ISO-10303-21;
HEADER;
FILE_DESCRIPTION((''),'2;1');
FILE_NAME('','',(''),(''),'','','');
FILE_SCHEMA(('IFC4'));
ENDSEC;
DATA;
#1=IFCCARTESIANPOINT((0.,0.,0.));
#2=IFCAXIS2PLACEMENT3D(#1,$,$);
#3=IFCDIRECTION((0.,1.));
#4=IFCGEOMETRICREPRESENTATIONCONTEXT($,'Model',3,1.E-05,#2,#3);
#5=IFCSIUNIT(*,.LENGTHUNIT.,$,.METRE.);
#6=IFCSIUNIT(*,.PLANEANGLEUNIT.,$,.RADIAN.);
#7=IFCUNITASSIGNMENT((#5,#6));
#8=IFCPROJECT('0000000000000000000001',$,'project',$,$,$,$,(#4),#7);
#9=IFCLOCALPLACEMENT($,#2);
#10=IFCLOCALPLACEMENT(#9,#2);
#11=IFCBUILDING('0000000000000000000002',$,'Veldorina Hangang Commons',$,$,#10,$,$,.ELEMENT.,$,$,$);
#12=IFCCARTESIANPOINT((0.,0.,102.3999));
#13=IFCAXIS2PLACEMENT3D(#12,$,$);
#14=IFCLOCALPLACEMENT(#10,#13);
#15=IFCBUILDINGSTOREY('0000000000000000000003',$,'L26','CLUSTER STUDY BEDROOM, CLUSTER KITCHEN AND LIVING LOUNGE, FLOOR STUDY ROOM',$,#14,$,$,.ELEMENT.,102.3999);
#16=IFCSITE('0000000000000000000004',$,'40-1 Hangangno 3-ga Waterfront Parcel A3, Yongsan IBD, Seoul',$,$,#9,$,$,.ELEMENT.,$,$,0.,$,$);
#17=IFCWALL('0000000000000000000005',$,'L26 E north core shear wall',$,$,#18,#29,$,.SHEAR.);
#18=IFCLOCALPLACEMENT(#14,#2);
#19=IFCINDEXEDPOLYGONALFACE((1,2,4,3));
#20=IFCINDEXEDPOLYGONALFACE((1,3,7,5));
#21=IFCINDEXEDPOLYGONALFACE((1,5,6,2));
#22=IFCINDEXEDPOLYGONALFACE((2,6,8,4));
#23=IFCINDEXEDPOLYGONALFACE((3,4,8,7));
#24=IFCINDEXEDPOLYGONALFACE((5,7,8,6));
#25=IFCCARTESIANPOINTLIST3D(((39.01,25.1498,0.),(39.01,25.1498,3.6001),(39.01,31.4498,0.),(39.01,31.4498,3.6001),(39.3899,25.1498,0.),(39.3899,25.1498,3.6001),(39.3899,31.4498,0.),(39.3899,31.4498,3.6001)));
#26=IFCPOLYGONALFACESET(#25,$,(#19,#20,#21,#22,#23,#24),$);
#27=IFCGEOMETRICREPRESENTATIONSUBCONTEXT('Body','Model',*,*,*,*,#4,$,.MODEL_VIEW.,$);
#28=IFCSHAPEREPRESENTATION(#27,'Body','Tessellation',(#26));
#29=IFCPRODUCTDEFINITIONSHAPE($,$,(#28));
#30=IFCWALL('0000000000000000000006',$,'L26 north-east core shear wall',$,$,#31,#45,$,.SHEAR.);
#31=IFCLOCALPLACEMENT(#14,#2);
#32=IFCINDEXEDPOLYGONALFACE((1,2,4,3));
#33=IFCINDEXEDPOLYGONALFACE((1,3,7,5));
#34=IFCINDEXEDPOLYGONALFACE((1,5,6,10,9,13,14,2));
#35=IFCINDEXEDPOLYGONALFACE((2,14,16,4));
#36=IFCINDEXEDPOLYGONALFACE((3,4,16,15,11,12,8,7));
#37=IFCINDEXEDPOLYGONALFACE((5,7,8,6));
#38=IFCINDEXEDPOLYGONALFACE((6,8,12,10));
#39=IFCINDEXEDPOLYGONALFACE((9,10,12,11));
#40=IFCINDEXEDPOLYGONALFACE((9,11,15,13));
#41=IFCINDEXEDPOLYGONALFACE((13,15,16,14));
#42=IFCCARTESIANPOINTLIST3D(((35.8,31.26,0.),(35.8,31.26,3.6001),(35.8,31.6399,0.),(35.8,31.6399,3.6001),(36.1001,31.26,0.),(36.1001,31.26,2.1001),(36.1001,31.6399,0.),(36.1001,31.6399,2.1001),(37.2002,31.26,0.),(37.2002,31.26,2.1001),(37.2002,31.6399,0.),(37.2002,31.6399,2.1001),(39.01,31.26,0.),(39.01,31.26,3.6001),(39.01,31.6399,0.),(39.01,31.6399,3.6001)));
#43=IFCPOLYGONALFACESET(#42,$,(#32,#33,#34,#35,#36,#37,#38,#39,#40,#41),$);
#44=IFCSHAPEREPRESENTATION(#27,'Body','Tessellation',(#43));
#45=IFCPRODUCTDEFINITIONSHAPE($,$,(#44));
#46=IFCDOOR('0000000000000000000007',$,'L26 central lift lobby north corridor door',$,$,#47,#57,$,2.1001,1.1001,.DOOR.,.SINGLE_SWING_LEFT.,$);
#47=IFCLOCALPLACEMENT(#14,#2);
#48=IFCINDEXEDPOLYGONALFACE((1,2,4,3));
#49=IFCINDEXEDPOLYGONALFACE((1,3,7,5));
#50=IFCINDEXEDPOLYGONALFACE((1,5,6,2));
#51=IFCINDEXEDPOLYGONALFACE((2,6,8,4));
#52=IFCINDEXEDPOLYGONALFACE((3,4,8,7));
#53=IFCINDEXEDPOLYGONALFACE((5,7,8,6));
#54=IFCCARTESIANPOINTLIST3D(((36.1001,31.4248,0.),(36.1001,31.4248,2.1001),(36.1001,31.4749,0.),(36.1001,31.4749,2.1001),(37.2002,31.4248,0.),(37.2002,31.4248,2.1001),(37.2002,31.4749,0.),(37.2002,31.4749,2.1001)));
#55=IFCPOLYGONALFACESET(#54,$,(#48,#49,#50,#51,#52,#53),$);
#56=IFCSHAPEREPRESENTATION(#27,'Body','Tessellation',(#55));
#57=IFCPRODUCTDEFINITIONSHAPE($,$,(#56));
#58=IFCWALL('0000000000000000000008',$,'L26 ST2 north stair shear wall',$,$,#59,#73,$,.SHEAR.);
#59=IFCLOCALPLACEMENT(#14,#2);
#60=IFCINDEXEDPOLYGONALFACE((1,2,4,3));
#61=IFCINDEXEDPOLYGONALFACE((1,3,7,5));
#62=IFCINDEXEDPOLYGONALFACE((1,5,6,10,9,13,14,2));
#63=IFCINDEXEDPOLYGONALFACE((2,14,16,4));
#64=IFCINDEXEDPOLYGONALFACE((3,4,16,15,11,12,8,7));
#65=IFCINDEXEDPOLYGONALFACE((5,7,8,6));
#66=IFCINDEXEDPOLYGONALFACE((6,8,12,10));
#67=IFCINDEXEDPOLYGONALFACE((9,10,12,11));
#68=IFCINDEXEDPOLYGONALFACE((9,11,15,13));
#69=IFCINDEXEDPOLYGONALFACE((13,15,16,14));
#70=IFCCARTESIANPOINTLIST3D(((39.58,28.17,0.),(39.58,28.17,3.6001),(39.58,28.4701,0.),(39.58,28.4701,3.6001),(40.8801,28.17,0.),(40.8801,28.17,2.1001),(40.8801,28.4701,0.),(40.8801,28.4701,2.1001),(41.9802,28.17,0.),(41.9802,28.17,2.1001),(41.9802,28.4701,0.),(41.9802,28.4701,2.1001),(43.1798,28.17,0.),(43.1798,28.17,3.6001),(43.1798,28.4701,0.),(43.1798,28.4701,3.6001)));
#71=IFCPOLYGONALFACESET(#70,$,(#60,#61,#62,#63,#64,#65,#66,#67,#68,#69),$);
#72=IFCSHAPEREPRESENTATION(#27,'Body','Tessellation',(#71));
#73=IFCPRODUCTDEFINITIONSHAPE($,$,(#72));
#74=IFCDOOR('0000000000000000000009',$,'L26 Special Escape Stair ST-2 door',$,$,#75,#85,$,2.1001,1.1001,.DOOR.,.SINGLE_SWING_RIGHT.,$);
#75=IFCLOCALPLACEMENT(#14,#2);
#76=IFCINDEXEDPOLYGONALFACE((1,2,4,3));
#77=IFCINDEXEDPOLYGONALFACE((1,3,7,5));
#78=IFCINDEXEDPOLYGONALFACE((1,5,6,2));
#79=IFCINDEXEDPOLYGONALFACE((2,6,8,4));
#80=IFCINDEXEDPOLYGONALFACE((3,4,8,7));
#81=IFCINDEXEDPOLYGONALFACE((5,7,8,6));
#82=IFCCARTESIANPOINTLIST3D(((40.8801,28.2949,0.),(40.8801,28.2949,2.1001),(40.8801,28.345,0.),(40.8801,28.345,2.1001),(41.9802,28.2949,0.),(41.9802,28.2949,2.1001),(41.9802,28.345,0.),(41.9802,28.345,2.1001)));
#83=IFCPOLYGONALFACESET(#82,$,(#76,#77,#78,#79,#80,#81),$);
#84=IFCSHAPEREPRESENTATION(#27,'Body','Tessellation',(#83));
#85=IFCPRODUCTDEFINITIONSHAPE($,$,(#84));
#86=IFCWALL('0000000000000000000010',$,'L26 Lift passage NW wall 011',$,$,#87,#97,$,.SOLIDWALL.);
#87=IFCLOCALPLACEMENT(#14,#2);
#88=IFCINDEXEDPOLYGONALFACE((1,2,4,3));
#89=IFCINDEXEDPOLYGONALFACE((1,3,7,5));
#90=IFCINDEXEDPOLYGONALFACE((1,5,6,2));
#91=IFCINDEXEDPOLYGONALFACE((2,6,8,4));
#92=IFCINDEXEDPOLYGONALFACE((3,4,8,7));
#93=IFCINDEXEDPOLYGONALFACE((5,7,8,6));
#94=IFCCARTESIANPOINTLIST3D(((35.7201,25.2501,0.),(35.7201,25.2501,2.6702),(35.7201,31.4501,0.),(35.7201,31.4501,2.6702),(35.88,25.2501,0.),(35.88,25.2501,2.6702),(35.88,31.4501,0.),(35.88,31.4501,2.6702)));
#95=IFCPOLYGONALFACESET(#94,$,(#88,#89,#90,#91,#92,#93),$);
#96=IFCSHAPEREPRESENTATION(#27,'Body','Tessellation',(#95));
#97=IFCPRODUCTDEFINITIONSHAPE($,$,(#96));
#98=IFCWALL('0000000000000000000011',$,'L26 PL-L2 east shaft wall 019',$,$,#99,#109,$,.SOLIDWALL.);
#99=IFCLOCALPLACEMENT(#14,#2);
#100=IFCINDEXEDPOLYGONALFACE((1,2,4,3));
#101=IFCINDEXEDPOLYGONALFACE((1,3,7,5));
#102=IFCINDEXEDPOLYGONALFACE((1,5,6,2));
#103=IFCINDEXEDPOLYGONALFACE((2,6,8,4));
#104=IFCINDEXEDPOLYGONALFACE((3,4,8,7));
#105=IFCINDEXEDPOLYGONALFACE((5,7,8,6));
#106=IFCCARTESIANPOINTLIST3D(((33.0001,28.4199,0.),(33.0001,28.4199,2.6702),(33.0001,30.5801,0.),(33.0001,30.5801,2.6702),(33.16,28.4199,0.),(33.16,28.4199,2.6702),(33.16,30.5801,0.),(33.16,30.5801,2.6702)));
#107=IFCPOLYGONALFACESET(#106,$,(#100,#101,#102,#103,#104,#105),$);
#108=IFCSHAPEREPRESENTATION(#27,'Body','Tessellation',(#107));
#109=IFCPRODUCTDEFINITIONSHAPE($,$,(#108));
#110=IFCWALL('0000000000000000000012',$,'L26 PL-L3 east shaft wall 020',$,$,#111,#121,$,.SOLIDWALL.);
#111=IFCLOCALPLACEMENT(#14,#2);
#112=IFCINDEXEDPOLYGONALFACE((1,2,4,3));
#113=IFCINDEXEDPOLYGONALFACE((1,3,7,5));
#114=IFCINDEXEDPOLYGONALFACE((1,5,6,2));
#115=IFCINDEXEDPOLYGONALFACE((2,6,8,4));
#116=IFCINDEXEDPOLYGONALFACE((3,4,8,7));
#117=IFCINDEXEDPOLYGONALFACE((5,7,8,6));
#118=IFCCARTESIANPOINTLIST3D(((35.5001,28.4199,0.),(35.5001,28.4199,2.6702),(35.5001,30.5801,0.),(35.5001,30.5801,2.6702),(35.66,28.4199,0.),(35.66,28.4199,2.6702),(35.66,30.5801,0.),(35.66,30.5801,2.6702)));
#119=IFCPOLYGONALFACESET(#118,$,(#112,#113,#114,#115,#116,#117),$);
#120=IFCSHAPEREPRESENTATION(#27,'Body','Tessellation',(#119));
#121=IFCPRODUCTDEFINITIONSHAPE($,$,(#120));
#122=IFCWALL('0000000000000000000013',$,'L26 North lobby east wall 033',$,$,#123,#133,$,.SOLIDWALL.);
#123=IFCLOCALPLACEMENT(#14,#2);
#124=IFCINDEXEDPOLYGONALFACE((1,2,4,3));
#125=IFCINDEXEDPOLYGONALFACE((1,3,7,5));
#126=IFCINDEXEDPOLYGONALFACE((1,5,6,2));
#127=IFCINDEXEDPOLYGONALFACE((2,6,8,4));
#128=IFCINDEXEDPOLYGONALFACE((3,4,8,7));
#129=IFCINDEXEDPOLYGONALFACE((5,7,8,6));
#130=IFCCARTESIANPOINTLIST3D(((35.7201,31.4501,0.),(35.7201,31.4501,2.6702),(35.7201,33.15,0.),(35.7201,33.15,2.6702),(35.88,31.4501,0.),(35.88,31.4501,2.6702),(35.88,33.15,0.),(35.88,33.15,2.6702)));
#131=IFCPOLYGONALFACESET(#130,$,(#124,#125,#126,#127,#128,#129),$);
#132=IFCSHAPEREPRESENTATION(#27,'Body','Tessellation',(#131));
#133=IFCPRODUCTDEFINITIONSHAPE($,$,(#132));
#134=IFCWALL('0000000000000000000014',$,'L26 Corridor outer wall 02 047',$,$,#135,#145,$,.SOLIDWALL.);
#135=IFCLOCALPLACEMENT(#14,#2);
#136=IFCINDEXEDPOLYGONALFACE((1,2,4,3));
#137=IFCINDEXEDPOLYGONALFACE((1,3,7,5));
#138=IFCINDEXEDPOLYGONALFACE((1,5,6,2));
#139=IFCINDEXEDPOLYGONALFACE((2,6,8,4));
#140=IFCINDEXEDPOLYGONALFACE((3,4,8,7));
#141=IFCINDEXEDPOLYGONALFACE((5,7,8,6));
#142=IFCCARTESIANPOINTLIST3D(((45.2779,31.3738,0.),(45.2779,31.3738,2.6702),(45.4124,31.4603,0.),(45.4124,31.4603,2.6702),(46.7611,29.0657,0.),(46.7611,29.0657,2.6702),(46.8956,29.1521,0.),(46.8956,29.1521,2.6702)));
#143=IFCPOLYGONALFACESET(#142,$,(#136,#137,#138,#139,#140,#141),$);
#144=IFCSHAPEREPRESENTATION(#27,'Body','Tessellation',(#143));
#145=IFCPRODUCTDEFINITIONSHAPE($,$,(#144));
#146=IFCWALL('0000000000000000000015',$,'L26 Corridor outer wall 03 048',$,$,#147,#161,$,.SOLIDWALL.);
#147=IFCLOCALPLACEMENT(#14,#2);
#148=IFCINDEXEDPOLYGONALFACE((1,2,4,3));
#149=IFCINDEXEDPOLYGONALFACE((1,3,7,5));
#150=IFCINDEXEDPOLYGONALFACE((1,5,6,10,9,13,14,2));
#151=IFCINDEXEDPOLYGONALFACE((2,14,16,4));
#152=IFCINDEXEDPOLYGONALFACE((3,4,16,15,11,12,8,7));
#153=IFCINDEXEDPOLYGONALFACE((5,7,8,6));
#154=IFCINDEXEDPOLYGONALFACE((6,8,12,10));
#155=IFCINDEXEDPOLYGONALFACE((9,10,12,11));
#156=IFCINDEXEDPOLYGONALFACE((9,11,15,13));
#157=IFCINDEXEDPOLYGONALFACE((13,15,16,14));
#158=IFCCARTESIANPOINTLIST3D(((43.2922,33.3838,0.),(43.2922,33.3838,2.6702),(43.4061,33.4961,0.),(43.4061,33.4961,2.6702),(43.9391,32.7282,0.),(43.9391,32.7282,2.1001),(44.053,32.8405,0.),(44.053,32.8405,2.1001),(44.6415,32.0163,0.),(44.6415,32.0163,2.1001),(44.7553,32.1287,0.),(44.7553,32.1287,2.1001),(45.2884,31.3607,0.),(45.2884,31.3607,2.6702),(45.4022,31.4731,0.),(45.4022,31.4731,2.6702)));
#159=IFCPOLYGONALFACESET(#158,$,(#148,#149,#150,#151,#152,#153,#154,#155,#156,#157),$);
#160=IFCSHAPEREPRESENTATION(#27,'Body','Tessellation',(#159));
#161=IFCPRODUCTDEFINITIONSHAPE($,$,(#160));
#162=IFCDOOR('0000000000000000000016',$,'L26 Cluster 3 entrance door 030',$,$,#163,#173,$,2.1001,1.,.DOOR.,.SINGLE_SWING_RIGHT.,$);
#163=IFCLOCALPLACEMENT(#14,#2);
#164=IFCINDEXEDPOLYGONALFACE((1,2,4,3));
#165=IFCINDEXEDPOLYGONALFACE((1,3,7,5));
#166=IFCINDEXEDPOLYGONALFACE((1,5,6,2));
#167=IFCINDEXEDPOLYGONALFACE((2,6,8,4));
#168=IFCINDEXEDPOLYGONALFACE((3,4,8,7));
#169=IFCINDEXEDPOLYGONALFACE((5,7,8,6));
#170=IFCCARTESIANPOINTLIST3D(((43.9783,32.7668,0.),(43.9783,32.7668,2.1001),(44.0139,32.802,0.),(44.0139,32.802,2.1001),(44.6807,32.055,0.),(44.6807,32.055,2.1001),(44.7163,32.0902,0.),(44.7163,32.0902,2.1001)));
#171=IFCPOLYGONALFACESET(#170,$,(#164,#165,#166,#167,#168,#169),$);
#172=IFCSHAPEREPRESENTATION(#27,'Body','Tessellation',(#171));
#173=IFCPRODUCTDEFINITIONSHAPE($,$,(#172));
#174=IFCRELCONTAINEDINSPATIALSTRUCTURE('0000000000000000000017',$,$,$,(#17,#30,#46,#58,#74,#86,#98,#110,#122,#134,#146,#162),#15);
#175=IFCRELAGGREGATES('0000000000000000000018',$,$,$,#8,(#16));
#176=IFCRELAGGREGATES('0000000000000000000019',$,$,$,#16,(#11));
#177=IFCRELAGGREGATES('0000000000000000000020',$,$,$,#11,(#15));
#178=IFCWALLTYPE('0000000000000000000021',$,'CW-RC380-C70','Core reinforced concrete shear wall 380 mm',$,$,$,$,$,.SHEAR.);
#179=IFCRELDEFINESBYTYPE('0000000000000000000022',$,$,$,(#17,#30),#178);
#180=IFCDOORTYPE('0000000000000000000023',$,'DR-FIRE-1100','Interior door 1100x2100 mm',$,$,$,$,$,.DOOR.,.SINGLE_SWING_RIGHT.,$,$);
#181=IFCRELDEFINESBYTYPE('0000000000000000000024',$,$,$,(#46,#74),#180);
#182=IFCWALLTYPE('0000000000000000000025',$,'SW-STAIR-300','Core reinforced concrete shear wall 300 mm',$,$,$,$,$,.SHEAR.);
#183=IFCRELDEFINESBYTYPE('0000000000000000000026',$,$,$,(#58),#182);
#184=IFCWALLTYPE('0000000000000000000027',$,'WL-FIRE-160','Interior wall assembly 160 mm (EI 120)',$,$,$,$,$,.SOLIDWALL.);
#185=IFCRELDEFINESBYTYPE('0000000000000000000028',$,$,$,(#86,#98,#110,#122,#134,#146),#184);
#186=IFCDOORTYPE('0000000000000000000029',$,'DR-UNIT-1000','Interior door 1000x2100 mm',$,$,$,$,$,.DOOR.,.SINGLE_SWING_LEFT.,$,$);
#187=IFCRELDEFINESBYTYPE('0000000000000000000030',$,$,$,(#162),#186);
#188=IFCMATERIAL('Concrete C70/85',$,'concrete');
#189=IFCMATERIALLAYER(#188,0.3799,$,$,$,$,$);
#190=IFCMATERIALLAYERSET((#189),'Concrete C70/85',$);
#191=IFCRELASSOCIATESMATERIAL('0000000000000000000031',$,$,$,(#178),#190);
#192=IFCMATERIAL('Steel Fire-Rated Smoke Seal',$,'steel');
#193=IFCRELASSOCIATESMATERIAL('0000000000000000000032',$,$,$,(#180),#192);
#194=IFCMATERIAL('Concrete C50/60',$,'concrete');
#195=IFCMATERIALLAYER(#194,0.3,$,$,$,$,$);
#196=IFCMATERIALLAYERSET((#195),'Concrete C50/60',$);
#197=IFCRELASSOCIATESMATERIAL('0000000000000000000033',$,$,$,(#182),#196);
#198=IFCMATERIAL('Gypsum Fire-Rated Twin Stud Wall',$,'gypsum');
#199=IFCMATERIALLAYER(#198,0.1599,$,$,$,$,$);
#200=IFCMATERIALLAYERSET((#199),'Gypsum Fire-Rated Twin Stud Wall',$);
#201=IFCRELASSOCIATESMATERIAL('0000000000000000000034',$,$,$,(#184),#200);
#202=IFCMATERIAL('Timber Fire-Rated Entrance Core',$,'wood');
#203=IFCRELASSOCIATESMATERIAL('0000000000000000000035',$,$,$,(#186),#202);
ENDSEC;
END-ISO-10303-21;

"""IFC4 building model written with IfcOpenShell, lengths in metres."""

from ifc_helpers import new_model, si_unit, direction, frame, frame_2d, origin, place, context, subcontext, project, spatial, rectangle, extrude, material, layer, layer_set, type_object, element, fill, save


model = new_model("IFC4")

# Units and contexts
model_context = context("Model", 3, precision=1e-05, world=origin(), true_north=direction((0.0, 1.0)))
body_context = subcontext(model_context, "Body", "Model", "MODEL_VIEW")
ifc_project = project(units=[si_unit("LENGTHUNIT", "METRE"), si_unit("PLANEANGLEUNIT", "RADIAN")], contexts=[model_context])

# Site, building, storey
site_placement = place(None, origin())
site = spatial("IfcSite", under=ifc_project, at=site_placement, Name="40-1 Hangangno 3-ga Waterfront Parcel A3, Yongsan IBD, Seoul", CompositionType="ELEMENT", RefElevation=0.0)
building_placement = place(site_placement, origin())
building = spatial("IfcBuilding", under=site, at=building_placement, Name="Veldorina Hangang Commons", CompositionType="ELEMENT")
storey_placement = place(building_placement, frame((0.0, 0.0, 102.3999)))
storey = spatial("IfcBuildingStorey", under=building, at=storey_placement, Name="L26", Description="CLUSTER STUDY BEDROOM, CLUSTER KITCHEN AND LIVING LOUNGE, FLOOR STUDY ROOM", CompositionType="ELEMENT", Elevation=102.3999)

# Wall
ifc_material_1 = material(Name="Concrete C70/85", Category="concrete")
ifc_layer_1 = layer(ifc_material_1, 0.3799)
ifc_layer_set_1 = layer_set([ifc_layer_1], Name="Concrete C70/85")
wall_type_1 = type_object("IfcWallType", Name="CW-RC380-C70", Description="Core reinforced concrete shear wall 380 mm", PredefinedType="SHEAR", material=ifc_layer_set_1)
wall_1_placement = place(storey_placement, frame((39.2, 25.1499, 0.0), z_axis=(0.0, 0.0, 1.0), x_axis=(0.0, 1.0, 0.0)))
element("IfcWall", 1, at=wall_1_placement, inside=storey, type_object=wall_type_1, Name="L26 E north core shear wall", PredefinedType="SHEAR", context=body_context, shape_type="SweptSolid", body=[
    extrude(rectangle(XDim=6.3, YDim=0.3799, at=frame_2d((3.1499, 0.0))), origin(), (0.0, 0.0, 1.0), 3.6001),
])

# Walls, openings, doors
wall_2_placement = place(storey_placement, frame((35.8, 31.45, 0.0), z_axis=(0.0, 0.0, 1.0), x_axis=(1.0, 0.0, 0.0)))
wall_2 = element("IfcWall", 2, at=wall_2_placement, inside=storey, type_object=wall_type_1, Name="L26 north-east core shear wall", PredefinedType="SHEAR", context=body_context, shape_type="SweptSolid", body=[
    extrude(rectangle(XDim=3.21, YDim=0.3799, at=frame_2d((1.605, 0.0))), origin(), (0.0, 0.0, 1.0), 3.6001),
])
opening_1_placement = place(wall_2_placement, frame((0.3, 0.0, 0.0)))
opening_1 = element("IfcOpeningElement", 3, at=opening_1_placement, cuts=wall_2, PredefinedType="OPENING", context=body_context, shape_type="SweptSolid", body=[
    extrude(rectangle(XDim=1.1001, YDim=2.1001, at=frame_2d((0.55, 1.05))), frame((0.0, 0.2, 0.0), z_axis=(0.0, -1.0, 0.0), x_axis=(1.0, 0.0, 0.0)), (0.0, 0.0, 1.0), 0.3999),
])
ifc_material_2 = material(Name="Steel Fire-Rated Smoke Seal", Category="steel")
door_type_1 = type_object("IfcDoorType", Name="DR-FIRE-1100", Description="Interior door 1100x2100 mm", OperationType="SINGLE_SWING_RIGHT", PredefinedType="DOOR", material=ifc_material_2)
door_1_placement = place(opening_1_placement, origin())
door_1 = element("IfcDoor", 4, at=door_1_placement, inside=storey, type_object=door_type_1, Name="L26 central lift lobby north corridor door", OperationType="SINGLE_SWING_LEFT", OverallHeight=2.1001, OverallWidth=1.1001, PredefinedType="DOOR", context=body_context, shape_type="SweptSolid", body=[
    extrude(rectangle(XDim=1.1001, YDim=2.1001, at=frame_2d((0.55, 1.05))), frame((0.0, 0.0249, 0.0), z_axis=(0.0, -1.0, 0.0), x_axis=(1.0, 0.0, 0.0)), (0.0, 0.0, 1.0), 0.05),
])
fill(opening_1, door_1)
ifc_material_3 = material(Name="Concrete C50/60", Category="concrete")
ifc_layer_2 = layer(ifc_material_3, 0.3)
ifc_layer_set_2 = layer_set([ifc_layer_2], Name="Concrete C50/60")
wall_type_2 = type_object("IfcWallType", Name="SW-STAIR-300", Description="Core reinforced concrete shear wall 300 mm", PredefinedType="SHEAR", material=ifc_layer_set_2)
wall_3_placement = place(storey_placement, frame((39.5801, 28.3201, 0.0), z_axis=(0.0, 0.0, 1.0), x_axis=(1.0, 0.0, 0.0)))
wall_3 = element("IfcWall", 5, at=wall_3_placement, inside=storey, type_object=wall_type_2, Name="L26 ST2 north stair shear wall", PredefinedType="SHEAR", context=body_context, shape_type="SweptSolid", body=[
    extrude(rectangle(XDim=3.5999, YDim=0.3, at=frame_2d((1.7998, 0.0))), origin(), (0.0, 0.0, 1.0), 3.6001),
])
opening_2_placement = place(wall_3_placement, frame((1.3, 0.0, 0.0)))
opening_2 = element("IfcOpeningElement", 6, at=opening_2_placement, cuts=wall_3, PredefinedType="OPENING", context=body_context, shape_type="SweptSolid", body=[
    extrude(rectangle(XDim=1.1001, YDim=2.1001, at=frame_2d((0.55, 1.05))), frame((0.0, 0.1602, 0.0), z_axis=(0.0, -1.0, 0.0), x_axis=(1.0, 0.0, 0.0)), (0.0, 0.0, 1.0), 0.3201),
])
door_2_placement = place(opening_2_placement, origin())
door_2 = element("IfcDoor", 7, at=door_2_placement, inside=storey, type_object=door_type_1, Name="L26 Special Escape Stair ST-2 door", OperationType="SINGLE_SWING_RIGHT", OverallHeight=2.1001, OverallWidth=1.1001, PredefinedType="DOOR", context=body_context, shape_type="SweptSolid", body=[
    extrude(rectangle(XDim=1.1001, YDim=2.1001, at=frame_2d((0.55, 1.05))), frame((0.0, 0.0249, 0.0), z_axis=(0.0, -1.0, 0.0), x_axis=(1.0, 0.0, 0.0)), (0.0, 0.0, 1.0), 0.05),
])
fill(opening_2, door_2)

# Walls
ifc_material_4 = material(Name="Gypsum Fire-Rated Twin Stud Wall", Category="gypsum")
ifc_layer_3 = layer(ifc_material_4, 0.1599)
ifc_layer_set_3 = layer_set([ifc_layer_3], Name="Gypsum Fire-Rated Twin Stud Wall")
wall_type_3 = type_object("IfcWallType", Name="WL-FIRE-160", Description="Interior wall assembly 160 mm (EI 120)", PredefinedType="SOLIDWALL", material=ifc_layer_set_3)
wall_4_placement = place(storey_placement, frame((35.8, 25.25, 0.0), z_axis=(0.0, 0.0, 1.0), x_axis=(0.0, 1.0, 0.0)))
element("IfcWall", 8, at=wall_4_placement, inside=storey, type_object=wall_type_3, Name="L26 Lift passage NW wall 011", PredefinedType="SOLIDWALL", context=body_context, shape_type="SweptSolid", body=[
    extrude(rectangle(XDim=6.2, YDim=0.1599, at=frame_2d((3.1001, 0.0))), origin(), (0.0, 0.0, 1.0), 2.6702),
])
for number, where, z_axis, x_axis, name in (
    (9, (33.0801, 28.4199, 0.0), (0.0, 0.0, 1.0), (0.0, 1.0, 0.0), "L26 PL-L2 east shaft wall 019"),
    (10, (35.5801, 28.4199, 0.0), (0.0, 0.0, 1.0), (0.0, 1.0, 0.0), "L26 PL-L3 east shaft wall 020"),
):
    element("IfcWall", number, at=place(storey_placement, frame(where, z_axis=z_axis, x_axis=x_axis)), inside=storey, type_object=wall_type_3, Name=name, PredefinedType="SOLIDWALL", context=body_context, shape_type="SweptSolid", body=[
        extrude(rectangle(XDim=2.1602, YDim=0.1599, at=frame_2d((1.0801, 0.0))), origin(), (0.0, 0.0, 1.0), 2.6702),
    ])
wall_5_placement = place(storey_placement, frame((35.8, 31.45, 0.0), z_axis=(0.0, 0.0, 1.0), x_axis=(0.0, 1.0, 0.0)))
element("IfcWall", 11, at=wall_5_placement, inside=storey, type_object=wall_type_3, Name="L26 North lobby east wall 033", PredefinedType="SOLIDWALL", context=body_context, shape_type="SweptSolid", body=[
    extrude(rectangle(XDim=1.7, YDim=0.1599, at=frame_2d((0.8501, 0.0))), origin(), (0.0, 0.0, 1.0), 2.6702),
])
wall_6_placement = place(storey_placement, frame((46.8284, 29.1089, 0.0), z_axis=(0.0, 0.0, 1.0), x_axis=(-0.540596, 0.841283, 0.0)))
element("IfcWall", 12, at=wall_6_placement, inside=storey, type_object=wall_type_3, Name="L26 Corridor outer wall 02 047", PredefinedType="SOLIDWALL", context=body_context, shape_type="SweptSolid", body=[
    extrude(rectangle(XDim=2.7437, YDim=0.1599, at=frame_2d((1.3718, 0.0))), origin(), (0.0, 0.0, 1.0), 2.6702),
])

# Wall, opening, door
wall_7_placement = place(storey_placement, frame((45.3452, 31.417, 0.0), z_axis=(0.0, 0.0, 1.0), x_axis=(-0.702366, 0.711816, 0.0)))
wall_7 = element("IfcWall", 13, at=wall_7_placement, inside=storey, type_object=wall_type_3, Name="L26 Corridor outer wall 03 048", PredefinedType="SOLIDWALL", context=body_context, shape_type="SweptSolid", body=[
    extrude(rectangle(XDim=2.842, YDim=0.1599, at=frame_2d((1.4209, 0.0))), origin(), (0.0, 0.0, 1.0), 2.6702),
])
opening_3_placement = place(wall_7_placement, frame((0.9209, 0.0, 0.0)))
opening_3 = element("IfcOpeningElement", 14, at=opening_3_placement, cuts=wall_7, PredefinedType="OPENING", context=body_context, shape_type="SweptSolid", body=[
    extrude(rectangle(XDim=1.0, YDim=2.1001, at=frame_2d((0.5, 1.05))), frame((0.0, 0.0898, 0.0), z_axis=(0.0, -1.0, 0.0), x_axis=(1.0, 0.0, 0.0)), (0.0, 0.0, 1.0), 0.1799),
])
ifc_material_5 = material(Name="Timber Fire-Rated Entrance Core", Category="wood")
door_type_2 = type_object("IfcDoorType", Name="DR-UNIT-1000", Description="Interior door 1000x2100 mm", OperationType="SINGLE_SWING_LEFT", PredefinedType="DOOR", material=ifc_material_5)
door_3_placement = place(opening_3_placement, origin())
door_3 = element("IfcDoor", 15, at=door_3_placement, inside=storey, type_object=door_type_2, Name="L26 Cluster 3 entrance door 030", OperationType="SINGLE_SWING_RIGHT", OverallHeight=2.1001, OverallWidth=1.0, PredefinedType="DOOR", context=body_context, shape_type="SweptSolid", body=[
    extrude(rectangle(XDim=1.0, YDim=2.1001, at=frame_2d((0.5, 1.05))), frame((0.0, 0.0249, 0.0), z_axis=(0.0, -1.0, 0.0), x_axis=(1.0, 0.0, 0.0)), (0.0, 0.0, 1.0), 0.05),
])
fill(opening_3, door_3)

save(model, "model.ifc")
